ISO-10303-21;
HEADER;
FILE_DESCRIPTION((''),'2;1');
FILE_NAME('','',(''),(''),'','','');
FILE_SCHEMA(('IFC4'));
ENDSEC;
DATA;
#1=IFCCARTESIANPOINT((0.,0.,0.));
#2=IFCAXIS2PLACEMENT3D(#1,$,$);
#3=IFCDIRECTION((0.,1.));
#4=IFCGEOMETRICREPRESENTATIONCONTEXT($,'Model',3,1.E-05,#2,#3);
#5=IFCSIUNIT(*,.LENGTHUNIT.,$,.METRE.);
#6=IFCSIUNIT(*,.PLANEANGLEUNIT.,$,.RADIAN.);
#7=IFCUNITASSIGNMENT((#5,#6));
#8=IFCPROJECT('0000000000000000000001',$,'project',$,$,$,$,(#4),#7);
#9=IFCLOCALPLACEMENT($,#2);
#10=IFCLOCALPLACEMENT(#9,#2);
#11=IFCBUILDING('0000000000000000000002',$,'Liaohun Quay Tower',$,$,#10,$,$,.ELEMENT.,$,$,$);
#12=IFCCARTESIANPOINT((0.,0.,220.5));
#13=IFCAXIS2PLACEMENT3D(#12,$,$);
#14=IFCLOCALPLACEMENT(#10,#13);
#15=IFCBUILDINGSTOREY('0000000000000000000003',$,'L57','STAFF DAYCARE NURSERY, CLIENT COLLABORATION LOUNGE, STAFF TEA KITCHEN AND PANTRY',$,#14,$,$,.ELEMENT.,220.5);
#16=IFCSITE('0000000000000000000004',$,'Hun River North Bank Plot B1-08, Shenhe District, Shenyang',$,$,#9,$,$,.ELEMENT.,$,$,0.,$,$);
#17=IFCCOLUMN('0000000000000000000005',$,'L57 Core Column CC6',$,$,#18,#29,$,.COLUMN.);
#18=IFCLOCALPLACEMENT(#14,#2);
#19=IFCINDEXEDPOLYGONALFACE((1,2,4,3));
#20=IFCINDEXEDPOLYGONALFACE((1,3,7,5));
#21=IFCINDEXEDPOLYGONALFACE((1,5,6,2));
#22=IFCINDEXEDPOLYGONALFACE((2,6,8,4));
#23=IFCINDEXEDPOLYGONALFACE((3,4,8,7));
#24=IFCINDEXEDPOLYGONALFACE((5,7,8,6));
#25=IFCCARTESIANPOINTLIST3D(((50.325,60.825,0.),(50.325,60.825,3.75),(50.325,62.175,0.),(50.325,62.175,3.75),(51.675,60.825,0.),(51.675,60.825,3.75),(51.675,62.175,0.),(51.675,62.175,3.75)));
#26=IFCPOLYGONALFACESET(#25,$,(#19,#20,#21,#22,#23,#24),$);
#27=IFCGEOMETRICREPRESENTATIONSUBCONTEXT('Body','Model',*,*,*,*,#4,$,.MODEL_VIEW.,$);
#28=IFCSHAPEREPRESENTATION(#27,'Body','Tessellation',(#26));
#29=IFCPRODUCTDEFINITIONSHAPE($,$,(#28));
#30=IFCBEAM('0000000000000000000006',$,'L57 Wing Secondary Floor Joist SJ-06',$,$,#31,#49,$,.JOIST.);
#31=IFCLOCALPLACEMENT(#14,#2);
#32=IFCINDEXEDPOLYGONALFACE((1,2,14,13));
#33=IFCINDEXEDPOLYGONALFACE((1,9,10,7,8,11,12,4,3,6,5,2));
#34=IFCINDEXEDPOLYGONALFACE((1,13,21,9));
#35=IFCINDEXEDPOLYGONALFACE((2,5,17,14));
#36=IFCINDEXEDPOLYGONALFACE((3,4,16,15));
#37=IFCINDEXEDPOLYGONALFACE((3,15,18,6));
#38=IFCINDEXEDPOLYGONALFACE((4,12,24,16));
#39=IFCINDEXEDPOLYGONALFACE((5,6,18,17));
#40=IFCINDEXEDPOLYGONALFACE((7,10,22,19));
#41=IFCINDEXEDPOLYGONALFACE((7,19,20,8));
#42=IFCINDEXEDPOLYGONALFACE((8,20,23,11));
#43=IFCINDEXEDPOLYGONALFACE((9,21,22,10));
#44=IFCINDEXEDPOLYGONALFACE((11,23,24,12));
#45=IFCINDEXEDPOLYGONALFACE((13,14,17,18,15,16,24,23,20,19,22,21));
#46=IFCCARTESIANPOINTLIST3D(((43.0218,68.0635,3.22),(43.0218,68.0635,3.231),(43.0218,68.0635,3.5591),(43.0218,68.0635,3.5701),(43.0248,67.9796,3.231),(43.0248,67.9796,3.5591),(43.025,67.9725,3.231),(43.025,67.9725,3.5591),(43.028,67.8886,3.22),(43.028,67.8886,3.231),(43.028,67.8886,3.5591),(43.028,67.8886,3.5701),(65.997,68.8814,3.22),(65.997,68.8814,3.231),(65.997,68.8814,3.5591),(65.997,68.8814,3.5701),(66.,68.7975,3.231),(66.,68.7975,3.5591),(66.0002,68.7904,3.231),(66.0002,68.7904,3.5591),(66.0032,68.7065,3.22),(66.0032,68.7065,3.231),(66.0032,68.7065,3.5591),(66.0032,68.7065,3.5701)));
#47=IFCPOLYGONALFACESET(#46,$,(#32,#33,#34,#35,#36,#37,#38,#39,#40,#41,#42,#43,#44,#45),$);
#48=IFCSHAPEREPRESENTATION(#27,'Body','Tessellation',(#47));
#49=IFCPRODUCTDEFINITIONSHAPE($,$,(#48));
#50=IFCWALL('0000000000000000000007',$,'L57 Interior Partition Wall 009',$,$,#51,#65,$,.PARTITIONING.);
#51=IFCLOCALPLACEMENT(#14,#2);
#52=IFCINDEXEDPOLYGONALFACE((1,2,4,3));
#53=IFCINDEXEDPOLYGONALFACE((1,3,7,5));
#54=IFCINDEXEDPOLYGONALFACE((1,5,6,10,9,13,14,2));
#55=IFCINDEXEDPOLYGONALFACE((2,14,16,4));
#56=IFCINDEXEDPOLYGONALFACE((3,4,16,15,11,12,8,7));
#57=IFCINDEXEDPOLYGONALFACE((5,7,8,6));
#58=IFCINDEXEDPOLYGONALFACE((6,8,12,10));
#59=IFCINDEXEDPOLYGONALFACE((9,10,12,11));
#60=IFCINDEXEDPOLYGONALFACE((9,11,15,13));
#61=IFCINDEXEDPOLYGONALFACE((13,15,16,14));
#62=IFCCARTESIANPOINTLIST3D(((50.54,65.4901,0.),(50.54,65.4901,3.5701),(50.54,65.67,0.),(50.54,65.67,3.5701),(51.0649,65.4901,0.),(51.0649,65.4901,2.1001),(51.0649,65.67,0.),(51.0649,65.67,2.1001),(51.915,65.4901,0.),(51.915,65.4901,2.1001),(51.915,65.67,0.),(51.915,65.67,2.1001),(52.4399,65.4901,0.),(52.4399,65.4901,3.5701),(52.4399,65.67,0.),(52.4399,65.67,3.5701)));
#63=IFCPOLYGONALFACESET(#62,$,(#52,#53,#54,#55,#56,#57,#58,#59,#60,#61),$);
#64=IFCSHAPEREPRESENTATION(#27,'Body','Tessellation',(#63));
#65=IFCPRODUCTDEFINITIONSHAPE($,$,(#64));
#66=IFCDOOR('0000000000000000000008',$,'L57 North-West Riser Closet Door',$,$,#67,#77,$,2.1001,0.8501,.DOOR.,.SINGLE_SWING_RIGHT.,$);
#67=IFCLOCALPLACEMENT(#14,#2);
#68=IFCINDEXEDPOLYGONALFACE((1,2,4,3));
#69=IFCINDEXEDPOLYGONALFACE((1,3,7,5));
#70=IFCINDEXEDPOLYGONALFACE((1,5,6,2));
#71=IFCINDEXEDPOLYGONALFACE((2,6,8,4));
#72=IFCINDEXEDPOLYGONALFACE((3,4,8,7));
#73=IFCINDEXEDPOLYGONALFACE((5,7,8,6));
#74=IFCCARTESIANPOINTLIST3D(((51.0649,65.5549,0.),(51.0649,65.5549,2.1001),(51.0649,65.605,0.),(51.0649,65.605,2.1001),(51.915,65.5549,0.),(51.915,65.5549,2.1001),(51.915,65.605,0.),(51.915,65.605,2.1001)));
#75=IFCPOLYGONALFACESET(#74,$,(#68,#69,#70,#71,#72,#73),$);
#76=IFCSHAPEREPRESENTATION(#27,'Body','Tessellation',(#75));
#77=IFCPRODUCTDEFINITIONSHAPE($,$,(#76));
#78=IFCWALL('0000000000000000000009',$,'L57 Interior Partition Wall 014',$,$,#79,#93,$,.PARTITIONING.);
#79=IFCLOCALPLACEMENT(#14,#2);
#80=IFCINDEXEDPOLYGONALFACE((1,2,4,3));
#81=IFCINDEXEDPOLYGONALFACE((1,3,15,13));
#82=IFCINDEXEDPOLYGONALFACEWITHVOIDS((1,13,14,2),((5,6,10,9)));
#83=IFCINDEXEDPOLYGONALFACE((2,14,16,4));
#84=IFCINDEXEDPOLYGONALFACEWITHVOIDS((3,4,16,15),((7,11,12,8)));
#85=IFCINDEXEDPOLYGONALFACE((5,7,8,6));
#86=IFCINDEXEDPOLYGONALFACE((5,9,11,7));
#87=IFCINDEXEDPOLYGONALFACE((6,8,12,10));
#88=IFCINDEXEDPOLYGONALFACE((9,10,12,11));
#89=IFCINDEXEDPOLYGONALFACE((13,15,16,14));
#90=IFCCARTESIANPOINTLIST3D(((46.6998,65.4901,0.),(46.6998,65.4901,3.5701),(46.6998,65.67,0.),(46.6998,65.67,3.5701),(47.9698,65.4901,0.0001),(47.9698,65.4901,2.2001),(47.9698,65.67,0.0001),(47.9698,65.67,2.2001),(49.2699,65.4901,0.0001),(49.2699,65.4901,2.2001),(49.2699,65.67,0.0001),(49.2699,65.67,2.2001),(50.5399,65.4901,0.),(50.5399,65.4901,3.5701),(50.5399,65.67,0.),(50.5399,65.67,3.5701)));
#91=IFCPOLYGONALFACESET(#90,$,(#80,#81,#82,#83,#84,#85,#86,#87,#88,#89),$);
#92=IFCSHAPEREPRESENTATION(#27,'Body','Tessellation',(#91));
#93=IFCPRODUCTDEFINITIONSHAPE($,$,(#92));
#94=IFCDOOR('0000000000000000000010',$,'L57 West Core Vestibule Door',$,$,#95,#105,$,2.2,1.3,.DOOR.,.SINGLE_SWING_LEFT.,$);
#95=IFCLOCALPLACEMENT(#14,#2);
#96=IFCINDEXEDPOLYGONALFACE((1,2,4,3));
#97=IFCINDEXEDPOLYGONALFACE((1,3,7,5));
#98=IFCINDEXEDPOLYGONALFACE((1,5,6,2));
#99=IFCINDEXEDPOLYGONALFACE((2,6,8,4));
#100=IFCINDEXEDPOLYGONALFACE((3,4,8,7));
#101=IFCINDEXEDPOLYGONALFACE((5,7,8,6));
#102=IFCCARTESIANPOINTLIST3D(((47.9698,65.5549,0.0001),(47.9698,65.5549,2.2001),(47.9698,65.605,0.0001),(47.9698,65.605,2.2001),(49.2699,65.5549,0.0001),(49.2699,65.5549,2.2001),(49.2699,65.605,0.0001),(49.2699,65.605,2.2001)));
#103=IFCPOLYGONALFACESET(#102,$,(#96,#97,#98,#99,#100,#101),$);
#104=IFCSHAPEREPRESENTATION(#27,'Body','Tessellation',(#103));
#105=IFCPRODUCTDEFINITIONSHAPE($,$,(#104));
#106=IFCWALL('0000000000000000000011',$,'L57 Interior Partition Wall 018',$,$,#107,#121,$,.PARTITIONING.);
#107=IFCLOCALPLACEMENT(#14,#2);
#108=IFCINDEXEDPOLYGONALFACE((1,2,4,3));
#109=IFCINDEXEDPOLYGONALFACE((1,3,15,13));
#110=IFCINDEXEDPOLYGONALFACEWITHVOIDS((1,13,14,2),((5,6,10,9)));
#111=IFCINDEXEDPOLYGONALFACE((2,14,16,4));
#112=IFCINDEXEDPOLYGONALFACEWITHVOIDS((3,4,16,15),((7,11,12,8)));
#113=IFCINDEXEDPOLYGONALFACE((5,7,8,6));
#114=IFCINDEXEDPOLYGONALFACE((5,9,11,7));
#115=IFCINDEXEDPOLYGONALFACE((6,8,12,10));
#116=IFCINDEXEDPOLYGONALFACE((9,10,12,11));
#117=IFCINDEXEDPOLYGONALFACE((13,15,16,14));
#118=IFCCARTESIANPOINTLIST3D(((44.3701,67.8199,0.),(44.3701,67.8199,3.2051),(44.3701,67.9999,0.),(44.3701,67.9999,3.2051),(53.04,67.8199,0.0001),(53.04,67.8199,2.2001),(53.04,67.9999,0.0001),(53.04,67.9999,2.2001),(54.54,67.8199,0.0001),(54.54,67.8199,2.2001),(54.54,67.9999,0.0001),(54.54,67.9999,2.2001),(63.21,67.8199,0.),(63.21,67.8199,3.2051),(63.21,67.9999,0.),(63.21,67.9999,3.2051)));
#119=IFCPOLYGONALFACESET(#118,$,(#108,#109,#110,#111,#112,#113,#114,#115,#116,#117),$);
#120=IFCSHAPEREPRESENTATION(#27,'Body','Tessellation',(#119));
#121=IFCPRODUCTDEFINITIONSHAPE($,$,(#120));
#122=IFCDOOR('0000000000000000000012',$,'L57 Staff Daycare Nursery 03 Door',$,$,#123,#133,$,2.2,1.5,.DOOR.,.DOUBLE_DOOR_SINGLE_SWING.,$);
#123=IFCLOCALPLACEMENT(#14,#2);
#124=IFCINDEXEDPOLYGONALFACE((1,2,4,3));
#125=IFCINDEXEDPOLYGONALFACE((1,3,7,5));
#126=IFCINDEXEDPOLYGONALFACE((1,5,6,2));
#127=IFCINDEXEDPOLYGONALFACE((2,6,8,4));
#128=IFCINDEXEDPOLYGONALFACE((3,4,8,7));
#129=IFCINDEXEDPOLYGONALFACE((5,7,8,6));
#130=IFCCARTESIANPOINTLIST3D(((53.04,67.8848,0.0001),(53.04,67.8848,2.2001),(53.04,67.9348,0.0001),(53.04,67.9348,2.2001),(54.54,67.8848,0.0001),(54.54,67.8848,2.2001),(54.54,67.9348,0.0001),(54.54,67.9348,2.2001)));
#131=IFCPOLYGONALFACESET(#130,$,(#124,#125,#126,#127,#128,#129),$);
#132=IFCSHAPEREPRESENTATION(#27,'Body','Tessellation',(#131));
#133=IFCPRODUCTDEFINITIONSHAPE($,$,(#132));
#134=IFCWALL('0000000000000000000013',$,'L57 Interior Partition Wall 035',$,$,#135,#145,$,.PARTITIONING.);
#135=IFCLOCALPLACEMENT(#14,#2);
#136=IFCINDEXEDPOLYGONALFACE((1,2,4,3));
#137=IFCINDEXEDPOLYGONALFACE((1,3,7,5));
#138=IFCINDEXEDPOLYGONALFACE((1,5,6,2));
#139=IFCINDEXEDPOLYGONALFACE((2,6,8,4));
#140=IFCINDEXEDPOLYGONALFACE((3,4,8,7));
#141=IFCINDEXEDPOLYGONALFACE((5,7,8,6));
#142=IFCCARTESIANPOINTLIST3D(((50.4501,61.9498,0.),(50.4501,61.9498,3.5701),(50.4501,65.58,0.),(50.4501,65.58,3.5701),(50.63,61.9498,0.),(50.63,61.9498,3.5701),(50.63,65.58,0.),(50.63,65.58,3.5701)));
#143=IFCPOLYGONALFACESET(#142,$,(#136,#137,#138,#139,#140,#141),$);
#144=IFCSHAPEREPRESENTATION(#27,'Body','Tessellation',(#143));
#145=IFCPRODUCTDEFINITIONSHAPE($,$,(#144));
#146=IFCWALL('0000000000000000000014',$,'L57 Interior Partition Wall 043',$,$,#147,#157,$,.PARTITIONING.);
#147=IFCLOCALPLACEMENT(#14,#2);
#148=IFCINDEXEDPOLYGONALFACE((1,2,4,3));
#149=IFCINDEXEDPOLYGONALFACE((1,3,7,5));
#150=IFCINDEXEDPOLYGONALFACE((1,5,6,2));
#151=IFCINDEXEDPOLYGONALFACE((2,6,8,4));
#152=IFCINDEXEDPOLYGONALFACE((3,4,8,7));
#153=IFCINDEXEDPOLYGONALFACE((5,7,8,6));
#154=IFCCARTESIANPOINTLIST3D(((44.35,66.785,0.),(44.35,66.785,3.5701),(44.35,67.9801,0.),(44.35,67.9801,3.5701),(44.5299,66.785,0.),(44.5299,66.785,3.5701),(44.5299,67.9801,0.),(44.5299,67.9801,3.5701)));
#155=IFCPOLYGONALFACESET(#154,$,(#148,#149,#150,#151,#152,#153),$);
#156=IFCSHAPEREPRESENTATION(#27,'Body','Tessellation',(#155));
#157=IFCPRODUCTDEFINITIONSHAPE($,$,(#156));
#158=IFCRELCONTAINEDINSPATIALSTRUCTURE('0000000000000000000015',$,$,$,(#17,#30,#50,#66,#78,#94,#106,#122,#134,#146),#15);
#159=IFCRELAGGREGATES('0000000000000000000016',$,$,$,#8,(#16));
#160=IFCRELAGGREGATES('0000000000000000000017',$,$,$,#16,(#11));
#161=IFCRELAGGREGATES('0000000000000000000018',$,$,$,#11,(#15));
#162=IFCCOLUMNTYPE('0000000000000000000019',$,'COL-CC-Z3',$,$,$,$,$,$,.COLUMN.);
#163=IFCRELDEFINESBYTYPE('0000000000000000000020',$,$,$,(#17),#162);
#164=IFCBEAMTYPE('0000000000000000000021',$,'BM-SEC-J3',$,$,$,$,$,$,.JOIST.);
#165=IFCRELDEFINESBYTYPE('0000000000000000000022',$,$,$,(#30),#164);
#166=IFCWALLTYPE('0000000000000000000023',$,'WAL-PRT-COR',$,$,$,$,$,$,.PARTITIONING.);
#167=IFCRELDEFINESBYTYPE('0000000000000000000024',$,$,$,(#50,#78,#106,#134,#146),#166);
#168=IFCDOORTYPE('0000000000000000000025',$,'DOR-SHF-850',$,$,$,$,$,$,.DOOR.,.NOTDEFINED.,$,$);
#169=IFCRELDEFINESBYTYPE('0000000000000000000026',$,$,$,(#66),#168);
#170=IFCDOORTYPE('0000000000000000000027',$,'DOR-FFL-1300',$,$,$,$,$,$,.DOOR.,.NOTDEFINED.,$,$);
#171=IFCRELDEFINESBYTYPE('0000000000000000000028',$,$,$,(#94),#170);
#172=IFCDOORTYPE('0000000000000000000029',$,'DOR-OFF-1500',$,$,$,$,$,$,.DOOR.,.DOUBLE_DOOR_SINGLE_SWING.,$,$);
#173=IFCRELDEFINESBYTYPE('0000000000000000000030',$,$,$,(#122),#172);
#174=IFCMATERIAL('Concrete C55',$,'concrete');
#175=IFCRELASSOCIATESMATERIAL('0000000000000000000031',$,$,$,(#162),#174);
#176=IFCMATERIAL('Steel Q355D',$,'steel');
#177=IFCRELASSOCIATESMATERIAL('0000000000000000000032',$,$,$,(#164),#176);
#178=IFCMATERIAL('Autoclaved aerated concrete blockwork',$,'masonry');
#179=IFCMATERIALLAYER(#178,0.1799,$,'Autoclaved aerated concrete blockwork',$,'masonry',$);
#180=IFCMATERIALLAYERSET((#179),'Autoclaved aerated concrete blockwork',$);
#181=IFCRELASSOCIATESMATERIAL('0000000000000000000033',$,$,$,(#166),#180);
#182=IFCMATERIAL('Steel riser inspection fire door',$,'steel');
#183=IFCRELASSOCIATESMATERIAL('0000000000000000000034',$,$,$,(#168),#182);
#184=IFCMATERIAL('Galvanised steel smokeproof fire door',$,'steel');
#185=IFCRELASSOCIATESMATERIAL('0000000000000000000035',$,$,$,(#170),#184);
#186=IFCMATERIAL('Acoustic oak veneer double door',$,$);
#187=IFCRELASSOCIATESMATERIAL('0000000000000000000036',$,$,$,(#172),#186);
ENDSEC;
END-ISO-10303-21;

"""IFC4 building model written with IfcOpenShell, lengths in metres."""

from ifc_helpers import new_model, si_unit, direction, frame, frame_2d, origin, origin_2d, place, context, subcontext, project, spatial, rectangle, i_section, extrude, source, transform, mapped, material, layer, layer_set, material_profile, profile_set, type_object, element, fill, save


model = new_model("IFC4")

# Units and contexts
model_context = context("Model", 3, precision=1e-05, world=origin(), true_north=direction((0.0, 1.0)))
body_context = subcontext(model_context, "Body", "Model", "MODEL_VIEW")
ifc_project = project(units=[si_unit("LENGTHUNIT", "METRE"), si_unit("PLANEANGLEUNIT", "RADIAN")], contexts=[model_context])

# Site, building, storey
site_placement = place(None, origin())
site = spatial("IfcSite", under=ifc_project, at=site_placement, Name="Hun River North Bank Plot B1-08, Shenhe District, Shenyang", CompositionType="ELEMENT", RefElevation=0.0)
building_placement = place(site_placement, origin())
building = spatial("IfcBuilding", under=site, at=building_placement, Name="Liaohun Quay Tower", CompositionType="ELEMENT")
storey_placement = place(building_placement, frame((0.0, 0.0, 220.5)))
storey = spatial("IfcBuildingStorey", under=building, at=storey_placement, Name="L57", Description="STAFF DAYCARE NURSERY, CLIENT COLLABORATION LOUNGE, STAFF TEA KITCHEN AND PANTRY", CompositionType="ELEMENT", Elevation=220.5)

# Column
ifc_material_1 = material(Name="Concrete C55", Category="concrete")
ifc_material_profile_1 = material_profile(ifc_material_1, rectangle(XDim=1.3501, YDim=1.3501, at=origin_2d()), Name="RC1350x1350")
ifc_profile_set_1 = profile_set([ifc_material_profile_1], Name="Concrete C55")
column_type = type_object("IfcColumnType", Name="COL-CC-Z3", PredefinedType="COLUMN", material=ifc_profile_set_1)
shared_shape_1 = source(origin(), body_context, "Body", "SweptSolid", [
    extrude(rectangle(XDim=1.3501, YDim=1.3501, at=origin_2d()), origin(), (0.0, 0.0, 1.0), 3.75),
])
column_placement = place(storey_placement, frame((51.0, 61.5, 0.0), z_axis=(0.0, 0.0, 1.0), x_axis=(1.0, 0.0, 0.0)))
element("IfcColumn", 1, at=column_placement, inside=storey, type_object=column_type, Name="L57 Core Column CC6", PredefinedType="COLUMN", context=body_context, shape_type="MappedRepresentation", body=[
    mapped(shared_shape_1, transform((0.0, 0.0, 0.0), x_axis=(1.0, 0.0, 0.0), y_axis=(0.0, 1.0, 0.0), z_axis=(0.0, 0.0, 1.0), scale=1.0)),
])

# Beam
ifc_material_2 = material(Name="Steel Q355D", Category="steel")
ifc_material_profile_2 = material_profile(ifc_material_2, i_section(OverallWidth=0.175, OverallDepth=0.3501, WebThickness=0.0071, FlangeThickness=0.011, at=origin_2d()), Name="HN350x175x7x11")
ifc_profile_set_2 = profile_set([ifc_material_profile_2], Name="Steel Q355D")
beam_type = type_object("IfcBeamType", Name="BM-SEC-J3", PredefinedType="JOIST", material=ifc_profile_set_2)
shared_shape_2 = source(origin(), body_context, "Body", "SweptSolid", [
    extrude(i_section(OverallWidth=0.175, OverallDepth=0.3501, WebThickness=0.0071, FlangeThickness=0.011, at=origin_2d()), origin(), (0.0, 0.0, 1.0), 22.9897),
])
beam_placement = place(storey_placement, frame((43.0249, 67.9761, 3.395), z_axis=(0.999367, 0.035576, 0.0), x_axis=(-0.035576, 0.999367, 0.0)))
element("IfcBeam", 2, at=beam_placement, inside=storey, type_object=beam_type, Name="L57 Wing Secondary Floor Joist SJ-06", PredefinedType="JOIST", context=body_context, shape_type="MappedRepresentation", body=[
    mapped(shared_shape_2, transform((0.0, 0.0, 0.0), x_axis=(1.0, 0.0, 0.0), y_axis=(0.0, 1.0, 0.0), z_axis=(0.0, 0.0, 1.0), scale=1.0)),
])

# Walls, openings, doors
ifc_material_3 = material(Name="Autoclaved aerated concrete blockwork", Category="masonry")
ifc_layer_1 = layer(ifc_material_3, 0.1799, Name="Autoclaved aerated concrete blockwork", Category="masonry")
ifc_layer_set_1 = layer_set([ifc_layer_1], Name="Autoclaved aerated concrete blockwork")
wall_type_1 = type_object("IfcWallType", Name="WAL-PRT-COR", PredefinedType="PARTITIONING", material=ifc_layer_set_1)
wall_1_placement = place(storey_placement, frame((50.54, 65.5801, 0.0), z_axis=(0.0, 0.0, 1.0), x_axis=(1.0, 0.0, 0.0)))
wall_1 = element("IfcWall", 3, at=wall_1_placement, inside=storey, type_object=wall_type_1, Name="L57 Interior Partition Wall 009", PredefinedType="PARTITIONING", context=body_context, shape_type="SweptSolid", body=[
    extrude(rectangle(XDim=1.8999, YDim=0.1799, at=frame_2d((0.95, 0.0))), origin(), (0.0, 0.0, 1.0), 3.5701),
])
shared_shape_3 = source(origin(), body_context, "Body", "SweptSolid", [
    extrude(rectangle(XDim=0.8501, YDim=2.1001, at=frame_2d((0.425, 1.05))), frame((0.0, 0.0999, 0.0), z_axis=(0.0, -1.0, 0.0), x_axis=(1.0, 0.0, 0.0)), (0.0, 0.0, 1.0), 0.2),
])
opening_1_placement = place(wall_1_placement, frame((0.5249, 0.0, 0.0)))
opening_1 = element("IfcOpeningElement", 4, at=opening_1_placement, cuts=wall_1, PredefinedType="OPENING", context=body_context, shape_type="MappedRepresentation", body=[
    mapped(shared_shape_3, transform((0.0, 0.0, 0.0), x_axis=(1.0, 0.0, 0.0), y_axis=(0.0, 1.0, 0.0), z_axis=(0.0, 0.0, 1.0), scale=1.0)),
])
ifc_material_4 = material(Name="Steel riser inspection fire door", Category="steel")
door_type_1 = type_object("IfcDoorType", Name="DOR-SHF-850", OperationType="NOTDEFINED", PredefinedType="DOOR", material=ifc_material_4)
shared_shape_4 = source(origin(), body_context, "Body", "SweptSolid", [
    extrude(rectangle(XDim=0.8501, YDim=2.1001, at=frame_2d((0.425, 1.05))), frame((0.0, 0.0249, 0.0), z_axis=(0.0, -1.0, 0.0), x_axis=(1.0, 0.0, 0.0)), (0.0, 0.0, 1.0), 0.05),
])
door_1_placement = place(opening_1_placement, origin())
door_1 = element("IfcDoor", 5, at=door_1_placement, inside=storey, type_object=door_type_1, Name="L57 North-West Riser Closet Door", OperationType="SINGLE_SWING_RIGHT", OverallHeight=2.1001, OverallWidth=0.8501, PredefinedType="DOOR", context=body_context, shape_type="MappedRepresentation", body=[
    mapped(shared_shape_4, transform((0.0, 0.0, 0.0), x_axis=(1.0, 0.0, 0.0), y_axis=(0.0, 1.0, 0.0), z_axis=(0.0, 0.0, 1.0), scale=1.0)),
])
fill(opening_1, door_1)
wall_2_placement = place(storey_placement, frame((46.7, 65.5801, 0.0), z_axis=(0.0, 0.0, 1.0), x_axis=(1.0, 0.0, 0.0)))
wall_2 = element("IfcWall", 6, at=wall_2_placement, inside=storey, type_object=wall_type_1, Name="L57 Interior Partition Wall 014", PredefinedType="PARTITIONING", context=body_context, shape_type="SweptSolid", body=[
    extrude(rectangle(XDim=3.8401, YDim=0.1799, at=frame_2d((1.9199, 0.0))), origin(), (0.0, 0.0, 1.0), 3.5701),
])
shared_shape_5 = source(origin(), body_context, "Body", "SweptSolid", [
    extrude(rectangle(XDim=1.3, YDim=2.2, at=frame_2d((0.6499, 1.1001))), frame((0.0, 0.0999, 0.0), z_axis=(0.0, -1.0, 0.0), x_axis=(1.0, 0.0, 0.0)), (0.0, 0.0, 1.0), 0.2),
])
opening_2_placement = place(wall_2_placement, frame((1.27, 0.0, 0.0)))
opening_2 = element("IfcOpeningElement", 7, at=opening_2_placement, cuts=wall_2, PredefinedType="OPENING", context=body_context, shape_type="MappedRepresentation", body=[
    mapped(shared_shape_5, transform((0.0, 0.0, 0.0), x_axis=(1.0, 0.0, 0.0), y_axis=(0.0, 1.0, 0.0), z_axis=(0.0, 0.0, 1.0), scale=1.0)),
])
ifc_material_5 = material(Name="Galvanised steel smokeproof fire door", Category="steel")
door_type_2 = type_object("IfcDoorType", Name="DOR-FFL-1300", OperationType="NOTDEFINED", PredefinedType="DOOR", material=ifc_material_5)
shared_shape_6 = source(origin(), body_context, "Body", "SweptSolid", [
    extrude(rectangle(XDim=1.3, YDim=2.2, at=frame_2d((0.6499, 1.1001))), frame((0.0, 0.0249, 0.0), z_axis=(0.0, -1.0, 0.0), x_axis=(1.0, 0.0, 0.0)), (0.0, 0.0, 1.0), 0.05),
])
door_2_placement = place(opening_2_placement, origin())
door_2 = element("IfcDoor", 8, at=door_2_placement, inside=storey, type_object=door_type_2, Name="L57 West Core Vestibule Door", OperationType="SINGLE_SWING_LEFT", OverallHeight=2.2, OverallWidth=1.3, PredefinedType="DOOR", context=body_context, shape_type="MappedRepresentation", body=[
    mapped(shared_shape_6, transform((0.0, 0.0, 0.0), x_axis=(1.0, 0.0, 0.0), y_axis=(0.0, 1.0, 0.0), z_axis=(0.0, 0.0, 1.0), scale=1.0)),
])
fill(opening_2, door_2)
wall_3_placement = place(storey_placement, frame((44.3701, 67.9099, 0.0), z_axis=(0.0, 0.0, 1.0), x_axis=(1.0, 0.0, 0.0)))
wall_3 = element("IfcWall", 9, at=wall_3_placement, inside=storey, type_object=wall_type_1, Name="L57 Interior Partition Wall 018", PredefinedType="PARTITIONING", context=body_context, shape_type="SweptSolid", body=[
    extrude(rectangle(XDim=18.8398, YDim=0.1799, at=frame_2d((9.4199, 0.0))), origin(), (0.0, 0.0, 1.0), 3.2051),
])
shared_shape_7 = source(origin(), body_context, "Body", "SweptSolid", [
    extrude(rectangle(XDim=1.5, YDim=2.2, at=frame_2d((0.75, 1.1001))), frame((0.0, 0.0999, 0.0), z_axis=(0.0, -1.0, 0.0), x_axis=(1.0, 0.0, 0.0)), (0.0, 0.0, 1.0), 0.2),
])
opening_3_placement = place(wall_3_placement, frame((8.6699, 0.0, 0.0)))
opening_3 = element("IfcOpeningElement", 10, at=opening_3_placement, cuts=wall_3, PredefinedType="OPENING", context=body_context, shape_type="MappedRepresentation", body=[
    mapped(shared_shape_7, transform((0.0, 0.0, 0.0), x_axis=(1.0, 0.0, 0.0), y_axis=(0.0, 1.0, 0.0), z_axis=(0.0, 0.0, 1.0), scale=1.0)),
])
ifc_material_6 = material(Name="Acoustic oak veneer double door")
door_type_3 = type_object("IfcDoorType", Name="DOR-OFF-1500", OperationType="DOUBLE_DOOR_SINGLE_SWING", PredefinedType="DOOR", material=ifc_material_6)
shared_shape_8 = source(origin(), body_context, "Body", "SweptSolid", [
    extrude(rectangle(XDim=1.5, YDim=2.2, at=frame_2d((0.75, 1.1001))), frame((0.0, 0.0249, 0.0), z_axis=(0.0, -1.0, 0.0), x_axis=(1.0, 0.0, 0.0)), (0.0, 0.0, 1.0), 0.05),
])
door_3_placement = place(opening_3_placement, origin())
door_3 = element("IfcDoor", 11, at=door_3_placement, inside=storey, type_object=door_type_3, Name="L57 Staff Daycare Nursery 03 Door", OperationType="DOUBLE_DOOR_SINGLE_SWING", OverallHeight=2.2, OverallWidth=1.5, PredefinedType="DOOR", context=body_context, shape_type="MappedRepresentation", body=[
    mapped(shared_shape_8, transform((0.0, 0.0, 0.0), x_axis=(1.0, 0.0, 0.0), y_axis=(0.0, 1.0, 0.0), z_axis=(0.0, 0.0, 1.0), scale=1.0)),
])
fill(opening_3, door_3)

# Walls
wall_4_placement = place(storey_placement, frame((50.54, 61.95, 0.0), z_axis=(0.0, 0.0, 1.0), x_axis=(0.0, 1.0, 0.0)))
element("IfcWall", 12, at=wall_4_placement, inside=storey, type_object=wall_type_1, Name="L57 Interior Partition Wall 035", PredefinedType="PARTITIONING", context=body_context, shape_type="SweptSolid", body=[
    extrude(rectangle(XDim=3.6301, YDim=0.1799, at=frame_2d((1.8149, 0.0))), origin(), (0.0, 0.0, 1.0), 3.5701),
])
wall_5_placement = place(storey_placement, frame((44.4399, 66.7849, 0.0), z_axis=(0.0, 0.0, 1.0), x_axis=(0.0, 1.0, 0.0)))
element("IfcWall", 13, at=wall_5_placement, inside=storey, type_object=wall_type_1, Name="L57 Interior Partition Wall 043", PredefinedType="PARTITIONING", context=body_context, shape_type="SweptSolid", body=[
    extrude(rectangle(XDim=1.1951, YDim=0.1799, at=frame_2d((0.5977, 0.0))), origin(), (0.0, 0.0, 1.0), 3.5701),
])

save(model, "model.ifc")
